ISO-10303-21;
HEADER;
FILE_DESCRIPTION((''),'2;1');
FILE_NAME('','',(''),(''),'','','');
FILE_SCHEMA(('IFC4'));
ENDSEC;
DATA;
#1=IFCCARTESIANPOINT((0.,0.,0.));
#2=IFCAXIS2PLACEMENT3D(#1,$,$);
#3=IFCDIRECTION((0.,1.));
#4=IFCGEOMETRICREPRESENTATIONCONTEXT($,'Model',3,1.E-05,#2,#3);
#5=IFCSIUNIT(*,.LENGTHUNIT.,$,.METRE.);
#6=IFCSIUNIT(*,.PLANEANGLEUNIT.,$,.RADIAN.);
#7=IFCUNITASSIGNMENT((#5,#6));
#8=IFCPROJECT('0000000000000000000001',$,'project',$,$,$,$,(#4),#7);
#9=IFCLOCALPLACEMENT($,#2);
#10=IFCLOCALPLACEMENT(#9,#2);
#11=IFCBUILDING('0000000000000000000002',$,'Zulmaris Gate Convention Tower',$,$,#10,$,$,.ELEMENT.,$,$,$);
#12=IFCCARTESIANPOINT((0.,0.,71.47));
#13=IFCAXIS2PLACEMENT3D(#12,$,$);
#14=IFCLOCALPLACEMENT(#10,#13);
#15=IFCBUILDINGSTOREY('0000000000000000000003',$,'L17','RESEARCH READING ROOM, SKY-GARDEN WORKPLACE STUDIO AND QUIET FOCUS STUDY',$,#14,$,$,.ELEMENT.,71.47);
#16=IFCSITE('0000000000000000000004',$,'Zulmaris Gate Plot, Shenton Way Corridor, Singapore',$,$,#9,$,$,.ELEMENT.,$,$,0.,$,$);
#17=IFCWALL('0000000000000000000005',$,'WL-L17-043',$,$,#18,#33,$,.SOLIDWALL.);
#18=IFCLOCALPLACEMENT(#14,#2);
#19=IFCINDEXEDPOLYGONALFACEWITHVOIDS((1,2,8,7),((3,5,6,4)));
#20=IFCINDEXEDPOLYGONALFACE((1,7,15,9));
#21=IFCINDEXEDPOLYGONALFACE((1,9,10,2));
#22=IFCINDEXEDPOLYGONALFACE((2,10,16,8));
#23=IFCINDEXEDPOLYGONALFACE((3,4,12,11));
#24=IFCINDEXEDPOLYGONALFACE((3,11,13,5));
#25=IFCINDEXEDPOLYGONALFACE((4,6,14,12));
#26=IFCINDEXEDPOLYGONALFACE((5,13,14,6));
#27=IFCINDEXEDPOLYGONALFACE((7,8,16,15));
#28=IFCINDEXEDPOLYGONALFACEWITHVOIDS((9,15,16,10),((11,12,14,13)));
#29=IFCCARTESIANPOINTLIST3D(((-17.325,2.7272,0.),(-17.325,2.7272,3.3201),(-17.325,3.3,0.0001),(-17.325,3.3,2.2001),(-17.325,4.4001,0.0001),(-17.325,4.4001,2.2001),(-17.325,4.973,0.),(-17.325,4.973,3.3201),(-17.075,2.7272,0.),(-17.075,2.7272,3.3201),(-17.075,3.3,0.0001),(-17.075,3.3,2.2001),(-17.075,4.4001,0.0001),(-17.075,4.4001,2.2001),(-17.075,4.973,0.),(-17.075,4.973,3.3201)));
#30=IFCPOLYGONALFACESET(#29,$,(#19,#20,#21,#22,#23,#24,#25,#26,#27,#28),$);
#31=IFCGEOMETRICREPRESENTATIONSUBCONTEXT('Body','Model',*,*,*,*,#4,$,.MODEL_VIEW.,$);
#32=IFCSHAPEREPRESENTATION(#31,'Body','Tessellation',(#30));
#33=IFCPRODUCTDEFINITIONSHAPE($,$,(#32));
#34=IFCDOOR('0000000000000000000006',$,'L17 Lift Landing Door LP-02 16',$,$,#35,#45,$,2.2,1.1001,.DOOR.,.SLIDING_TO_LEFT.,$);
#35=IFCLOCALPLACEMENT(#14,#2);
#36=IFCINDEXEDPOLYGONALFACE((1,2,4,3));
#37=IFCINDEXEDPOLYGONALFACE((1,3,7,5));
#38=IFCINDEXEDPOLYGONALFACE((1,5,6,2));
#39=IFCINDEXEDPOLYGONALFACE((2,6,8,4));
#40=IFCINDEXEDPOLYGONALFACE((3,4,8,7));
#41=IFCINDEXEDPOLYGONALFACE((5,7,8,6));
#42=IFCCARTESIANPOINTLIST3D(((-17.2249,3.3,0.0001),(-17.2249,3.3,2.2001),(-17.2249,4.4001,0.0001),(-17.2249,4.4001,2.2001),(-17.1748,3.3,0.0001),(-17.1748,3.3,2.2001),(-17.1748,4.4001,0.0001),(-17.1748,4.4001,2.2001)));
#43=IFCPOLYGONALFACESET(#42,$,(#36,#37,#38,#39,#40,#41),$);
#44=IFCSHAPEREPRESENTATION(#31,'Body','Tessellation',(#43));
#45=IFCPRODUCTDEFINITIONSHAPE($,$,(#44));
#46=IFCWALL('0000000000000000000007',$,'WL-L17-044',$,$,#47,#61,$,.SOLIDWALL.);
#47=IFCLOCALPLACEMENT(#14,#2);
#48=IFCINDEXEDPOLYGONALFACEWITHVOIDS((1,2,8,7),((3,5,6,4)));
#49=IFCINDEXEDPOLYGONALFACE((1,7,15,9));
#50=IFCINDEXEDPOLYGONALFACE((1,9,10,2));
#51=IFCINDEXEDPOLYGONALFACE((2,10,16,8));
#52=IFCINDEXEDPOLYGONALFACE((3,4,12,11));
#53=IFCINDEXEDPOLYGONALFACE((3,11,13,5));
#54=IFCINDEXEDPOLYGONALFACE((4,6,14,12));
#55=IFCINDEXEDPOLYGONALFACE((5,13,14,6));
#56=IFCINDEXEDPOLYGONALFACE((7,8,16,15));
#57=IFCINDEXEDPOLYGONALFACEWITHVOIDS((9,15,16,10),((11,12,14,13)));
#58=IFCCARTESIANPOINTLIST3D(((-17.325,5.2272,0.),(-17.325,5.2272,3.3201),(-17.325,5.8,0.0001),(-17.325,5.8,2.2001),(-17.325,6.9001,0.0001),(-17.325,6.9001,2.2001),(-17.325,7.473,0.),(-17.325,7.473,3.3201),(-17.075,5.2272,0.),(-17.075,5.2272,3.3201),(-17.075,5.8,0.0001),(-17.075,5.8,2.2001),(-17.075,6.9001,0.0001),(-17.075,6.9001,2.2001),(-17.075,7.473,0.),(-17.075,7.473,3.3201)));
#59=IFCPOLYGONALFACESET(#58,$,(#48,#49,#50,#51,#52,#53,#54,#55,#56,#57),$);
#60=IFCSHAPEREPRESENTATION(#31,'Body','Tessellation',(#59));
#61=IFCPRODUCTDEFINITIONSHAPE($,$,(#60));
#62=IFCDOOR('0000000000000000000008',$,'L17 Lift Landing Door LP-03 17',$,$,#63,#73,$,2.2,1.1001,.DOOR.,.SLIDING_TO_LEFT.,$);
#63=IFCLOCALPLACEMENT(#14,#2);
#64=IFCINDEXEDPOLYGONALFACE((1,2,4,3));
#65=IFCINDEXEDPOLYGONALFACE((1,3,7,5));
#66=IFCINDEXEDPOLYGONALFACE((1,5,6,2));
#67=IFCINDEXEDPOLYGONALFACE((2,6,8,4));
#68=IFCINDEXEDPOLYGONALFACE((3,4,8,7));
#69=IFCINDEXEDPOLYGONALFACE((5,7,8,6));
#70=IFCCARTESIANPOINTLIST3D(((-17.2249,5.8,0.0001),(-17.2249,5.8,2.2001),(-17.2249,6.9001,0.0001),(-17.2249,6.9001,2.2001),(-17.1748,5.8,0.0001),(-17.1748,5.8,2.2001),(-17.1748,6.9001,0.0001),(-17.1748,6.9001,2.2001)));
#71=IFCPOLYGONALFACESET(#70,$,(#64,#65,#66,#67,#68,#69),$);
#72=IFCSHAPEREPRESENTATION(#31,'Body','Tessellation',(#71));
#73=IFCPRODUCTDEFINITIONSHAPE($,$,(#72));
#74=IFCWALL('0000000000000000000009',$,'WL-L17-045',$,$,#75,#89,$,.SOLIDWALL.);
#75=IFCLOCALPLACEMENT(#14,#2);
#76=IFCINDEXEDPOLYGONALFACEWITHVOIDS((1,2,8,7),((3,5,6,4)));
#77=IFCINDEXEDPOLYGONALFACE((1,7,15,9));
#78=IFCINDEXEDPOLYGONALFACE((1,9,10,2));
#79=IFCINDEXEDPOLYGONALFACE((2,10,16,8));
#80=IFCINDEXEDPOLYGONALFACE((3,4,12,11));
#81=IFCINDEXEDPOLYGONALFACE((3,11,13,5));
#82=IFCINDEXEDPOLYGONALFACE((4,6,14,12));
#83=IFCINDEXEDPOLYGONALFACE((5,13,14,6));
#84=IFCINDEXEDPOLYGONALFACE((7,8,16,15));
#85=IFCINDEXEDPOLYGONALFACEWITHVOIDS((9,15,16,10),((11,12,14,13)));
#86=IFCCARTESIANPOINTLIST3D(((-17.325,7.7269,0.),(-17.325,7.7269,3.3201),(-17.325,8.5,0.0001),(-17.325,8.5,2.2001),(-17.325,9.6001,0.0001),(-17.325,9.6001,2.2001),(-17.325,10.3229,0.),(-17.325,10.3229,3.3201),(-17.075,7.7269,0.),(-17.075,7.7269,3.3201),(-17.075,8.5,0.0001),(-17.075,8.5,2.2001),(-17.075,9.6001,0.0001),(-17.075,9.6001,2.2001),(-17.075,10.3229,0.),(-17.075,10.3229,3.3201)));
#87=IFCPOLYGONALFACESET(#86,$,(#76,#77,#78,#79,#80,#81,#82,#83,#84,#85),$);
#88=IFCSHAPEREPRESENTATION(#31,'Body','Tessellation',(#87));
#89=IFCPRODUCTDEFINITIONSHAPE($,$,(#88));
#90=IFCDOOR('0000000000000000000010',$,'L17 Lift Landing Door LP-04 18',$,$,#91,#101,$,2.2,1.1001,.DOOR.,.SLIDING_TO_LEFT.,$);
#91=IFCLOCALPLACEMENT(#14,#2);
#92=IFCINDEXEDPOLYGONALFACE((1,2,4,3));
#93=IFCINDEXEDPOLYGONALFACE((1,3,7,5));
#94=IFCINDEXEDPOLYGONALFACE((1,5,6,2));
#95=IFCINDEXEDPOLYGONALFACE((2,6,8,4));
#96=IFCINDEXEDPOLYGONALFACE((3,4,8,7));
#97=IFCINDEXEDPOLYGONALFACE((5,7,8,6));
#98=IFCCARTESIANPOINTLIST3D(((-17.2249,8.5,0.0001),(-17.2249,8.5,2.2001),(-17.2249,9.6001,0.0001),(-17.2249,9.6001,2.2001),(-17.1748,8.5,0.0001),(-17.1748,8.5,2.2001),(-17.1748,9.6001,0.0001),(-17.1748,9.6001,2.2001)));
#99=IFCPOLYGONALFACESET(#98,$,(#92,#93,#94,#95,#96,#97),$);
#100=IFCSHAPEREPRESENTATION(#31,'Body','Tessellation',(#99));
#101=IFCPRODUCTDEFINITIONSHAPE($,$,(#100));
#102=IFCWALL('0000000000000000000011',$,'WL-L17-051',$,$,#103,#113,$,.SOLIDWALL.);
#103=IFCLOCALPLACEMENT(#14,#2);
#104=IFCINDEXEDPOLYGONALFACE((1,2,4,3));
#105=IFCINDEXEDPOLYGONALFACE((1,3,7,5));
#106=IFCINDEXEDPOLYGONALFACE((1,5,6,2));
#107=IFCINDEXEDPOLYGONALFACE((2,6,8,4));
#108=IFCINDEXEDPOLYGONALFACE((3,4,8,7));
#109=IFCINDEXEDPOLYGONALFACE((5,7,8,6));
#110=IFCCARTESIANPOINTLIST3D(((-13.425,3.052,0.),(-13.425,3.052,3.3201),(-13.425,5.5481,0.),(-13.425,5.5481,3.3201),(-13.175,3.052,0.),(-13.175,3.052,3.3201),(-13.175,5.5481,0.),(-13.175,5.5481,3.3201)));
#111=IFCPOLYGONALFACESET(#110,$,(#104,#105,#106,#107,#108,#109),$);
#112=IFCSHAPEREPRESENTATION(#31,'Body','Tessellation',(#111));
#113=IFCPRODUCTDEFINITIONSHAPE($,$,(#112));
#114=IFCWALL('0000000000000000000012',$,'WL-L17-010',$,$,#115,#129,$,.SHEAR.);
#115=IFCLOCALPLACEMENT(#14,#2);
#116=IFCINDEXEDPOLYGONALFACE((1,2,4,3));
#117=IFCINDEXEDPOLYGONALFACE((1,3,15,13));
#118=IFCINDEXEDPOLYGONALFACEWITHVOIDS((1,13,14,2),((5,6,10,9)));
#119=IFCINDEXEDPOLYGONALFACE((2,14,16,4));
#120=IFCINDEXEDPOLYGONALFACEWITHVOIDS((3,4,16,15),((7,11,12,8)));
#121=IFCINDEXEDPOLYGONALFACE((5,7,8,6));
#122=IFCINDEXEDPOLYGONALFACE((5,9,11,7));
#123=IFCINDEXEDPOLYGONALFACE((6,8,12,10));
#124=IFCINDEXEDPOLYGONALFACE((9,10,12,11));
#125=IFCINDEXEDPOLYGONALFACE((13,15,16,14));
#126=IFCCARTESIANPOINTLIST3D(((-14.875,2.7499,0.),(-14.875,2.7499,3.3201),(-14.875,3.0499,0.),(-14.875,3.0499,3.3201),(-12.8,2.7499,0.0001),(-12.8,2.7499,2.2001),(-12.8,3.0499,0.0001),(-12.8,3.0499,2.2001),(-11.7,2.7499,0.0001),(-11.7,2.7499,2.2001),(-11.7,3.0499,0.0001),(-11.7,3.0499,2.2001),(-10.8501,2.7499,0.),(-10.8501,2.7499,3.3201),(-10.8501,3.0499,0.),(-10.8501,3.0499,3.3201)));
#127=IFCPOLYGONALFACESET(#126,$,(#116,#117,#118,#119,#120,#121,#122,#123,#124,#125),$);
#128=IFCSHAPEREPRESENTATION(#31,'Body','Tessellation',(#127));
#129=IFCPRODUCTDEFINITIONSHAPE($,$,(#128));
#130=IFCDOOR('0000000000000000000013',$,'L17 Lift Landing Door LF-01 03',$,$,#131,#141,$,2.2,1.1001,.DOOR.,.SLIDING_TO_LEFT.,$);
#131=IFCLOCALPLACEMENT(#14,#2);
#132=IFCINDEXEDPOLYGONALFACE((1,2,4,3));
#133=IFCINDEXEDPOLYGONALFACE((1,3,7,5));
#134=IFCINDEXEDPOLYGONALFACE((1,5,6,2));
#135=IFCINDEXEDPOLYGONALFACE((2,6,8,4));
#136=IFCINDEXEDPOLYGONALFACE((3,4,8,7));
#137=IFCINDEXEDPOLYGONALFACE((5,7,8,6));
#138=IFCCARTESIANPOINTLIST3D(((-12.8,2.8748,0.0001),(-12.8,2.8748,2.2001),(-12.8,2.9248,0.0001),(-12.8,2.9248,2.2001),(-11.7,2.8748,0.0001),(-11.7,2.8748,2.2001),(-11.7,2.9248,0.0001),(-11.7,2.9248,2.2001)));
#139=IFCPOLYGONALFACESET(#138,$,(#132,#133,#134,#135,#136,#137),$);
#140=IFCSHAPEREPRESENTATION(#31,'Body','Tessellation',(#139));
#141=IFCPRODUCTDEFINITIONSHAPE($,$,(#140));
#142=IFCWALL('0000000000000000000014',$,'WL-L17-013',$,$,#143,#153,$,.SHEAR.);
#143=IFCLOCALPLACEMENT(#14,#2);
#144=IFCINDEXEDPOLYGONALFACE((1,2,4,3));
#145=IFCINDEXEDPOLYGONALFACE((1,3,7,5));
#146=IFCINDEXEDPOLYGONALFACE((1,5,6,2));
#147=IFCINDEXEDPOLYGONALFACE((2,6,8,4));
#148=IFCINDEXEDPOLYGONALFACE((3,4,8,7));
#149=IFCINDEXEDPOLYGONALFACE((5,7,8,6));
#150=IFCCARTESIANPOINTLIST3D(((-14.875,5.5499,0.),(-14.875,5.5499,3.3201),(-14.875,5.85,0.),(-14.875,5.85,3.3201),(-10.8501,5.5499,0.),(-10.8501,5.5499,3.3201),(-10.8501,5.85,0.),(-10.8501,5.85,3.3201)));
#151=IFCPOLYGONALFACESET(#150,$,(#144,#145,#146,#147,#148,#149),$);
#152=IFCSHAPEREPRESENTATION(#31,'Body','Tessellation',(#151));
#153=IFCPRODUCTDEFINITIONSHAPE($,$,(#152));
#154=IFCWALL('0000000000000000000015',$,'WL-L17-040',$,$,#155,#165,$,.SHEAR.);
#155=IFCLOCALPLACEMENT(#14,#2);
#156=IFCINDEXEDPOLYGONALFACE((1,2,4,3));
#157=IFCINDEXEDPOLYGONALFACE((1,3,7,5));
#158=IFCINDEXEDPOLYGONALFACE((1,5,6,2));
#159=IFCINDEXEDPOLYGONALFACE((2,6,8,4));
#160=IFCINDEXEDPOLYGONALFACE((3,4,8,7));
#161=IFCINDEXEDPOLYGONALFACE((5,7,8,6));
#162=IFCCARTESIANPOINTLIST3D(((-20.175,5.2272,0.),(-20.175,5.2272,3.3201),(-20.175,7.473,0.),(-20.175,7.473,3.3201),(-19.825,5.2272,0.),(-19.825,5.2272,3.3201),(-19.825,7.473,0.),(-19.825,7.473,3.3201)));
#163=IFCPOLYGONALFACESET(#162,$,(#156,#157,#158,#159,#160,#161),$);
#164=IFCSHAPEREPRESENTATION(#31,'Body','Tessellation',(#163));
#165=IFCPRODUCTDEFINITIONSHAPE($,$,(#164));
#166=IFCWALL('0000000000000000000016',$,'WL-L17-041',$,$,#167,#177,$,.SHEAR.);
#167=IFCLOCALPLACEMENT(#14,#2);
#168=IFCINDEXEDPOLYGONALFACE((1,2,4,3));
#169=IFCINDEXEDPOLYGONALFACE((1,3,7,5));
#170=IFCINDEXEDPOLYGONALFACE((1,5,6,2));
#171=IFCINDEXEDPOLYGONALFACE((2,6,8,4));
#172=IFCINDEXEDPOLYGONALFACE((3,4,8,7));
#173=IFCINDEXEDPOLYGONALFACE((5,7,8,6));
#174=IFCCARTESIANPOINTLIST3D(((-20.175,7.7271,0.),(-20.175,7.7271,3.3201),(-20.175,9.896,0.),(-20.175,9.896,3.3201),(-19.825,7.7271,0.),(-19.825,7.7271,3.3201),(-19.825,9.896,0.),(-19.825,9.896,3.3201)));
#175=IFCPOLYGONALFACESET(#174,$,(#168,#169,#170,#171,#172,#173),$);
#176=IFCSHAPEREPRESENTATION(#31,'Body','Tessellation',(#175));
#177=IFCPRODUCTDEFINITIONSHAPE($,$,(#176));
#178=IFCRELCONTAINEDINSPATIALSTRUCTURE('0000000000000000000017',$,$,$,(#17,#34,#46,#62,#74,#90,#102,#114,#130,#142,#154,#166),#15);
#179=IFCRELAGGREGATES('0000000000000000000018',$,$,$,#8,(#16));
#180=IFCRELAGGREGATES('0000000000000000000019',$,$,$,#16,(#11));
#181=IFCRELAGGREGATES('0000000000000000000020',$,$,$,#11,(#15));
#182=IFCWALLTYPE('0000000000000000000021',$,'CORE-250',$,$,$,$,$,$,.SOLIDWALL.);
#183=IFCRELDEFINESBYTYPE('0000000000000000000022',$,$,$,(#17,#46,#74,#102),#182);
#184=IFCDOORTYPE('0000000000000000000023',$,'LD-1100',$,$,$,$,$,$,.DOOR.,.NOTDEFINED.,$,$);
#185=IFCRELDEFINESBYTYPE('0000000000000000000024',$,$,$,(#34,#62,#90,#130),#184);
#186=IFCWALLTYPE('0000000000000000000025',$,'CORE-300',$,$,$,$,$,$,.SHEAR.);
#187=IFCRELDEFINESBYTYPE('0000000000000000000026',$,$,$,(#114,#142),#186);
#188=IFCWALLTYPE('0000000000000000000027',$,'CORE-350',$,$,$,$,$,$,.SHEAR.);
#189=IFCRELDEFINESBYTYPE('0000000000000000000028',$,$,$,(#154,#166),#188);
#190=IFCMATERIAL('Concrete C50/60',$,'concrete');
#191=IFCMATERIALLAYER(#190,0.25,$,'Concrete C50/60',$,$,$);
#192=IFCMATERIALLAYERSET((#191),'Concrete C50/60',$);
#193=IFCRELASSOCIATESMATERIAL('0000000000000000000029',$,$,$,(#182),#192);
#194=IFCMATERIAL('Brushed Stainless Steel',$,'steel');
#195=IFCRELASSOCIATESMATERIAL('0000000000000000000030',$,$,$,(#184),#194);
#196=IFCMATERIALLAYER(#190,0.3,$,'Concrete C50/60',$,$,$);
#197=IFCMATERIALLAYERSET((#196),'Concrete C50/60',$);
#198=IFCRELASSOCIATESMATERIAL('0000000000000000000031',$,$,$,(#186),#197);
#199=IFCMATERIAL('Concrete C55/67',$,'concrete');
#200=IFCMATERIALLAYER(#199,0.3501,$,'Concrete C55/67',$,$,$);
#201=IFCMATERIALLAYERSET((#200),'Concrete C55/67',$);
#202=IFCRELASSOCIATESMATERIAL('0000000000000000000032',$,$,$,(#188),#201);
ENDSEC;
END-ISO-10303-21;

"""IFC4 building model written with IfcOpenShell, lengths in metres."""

from ifc_helpers import new_model, si_unit, direction, frame, frame_2d, origin, place, context, subcontext, project, spatial, rectangle, extrude, material, layer, layer_set, type_object, element, fill, save


model = new_model("IFC4")

# Units and contexts
model_context = context("Model", 3, precision=1e-05, world=origin(), true_north=direction((0.0, 1.0)))
body_context = subcontext(model_context, "Body", "Model", "MODEL_VIEW")
ifc_project = project(units=[si_unit("LENGTHUNIT", "METRE"), si_unit("PLANEANGLEUNIT", "RADIAN")], contexts=[model_context])

# Site, building, storey
site_placement = place(None, origin())
site = spatial("IfcSite", under=ifc_project, at=site_placement, Name="Zulmaris Gate Plot, Shenton Way Corridor, Singapore", CompositionType="ELEMENT", RefElevation=0.0)
building_placement = place(site_placement, origin())
building = spatial("IfcBuilding", under=site, at=building_placement, Name="Zulmaris Gate Convention Tower", CompositionType="ELEMENT")
storey_placement = place(building_placement, frame((0.0, 0.0, 71.47)))
storey = spatial("IfcBuildingStorey", under=building, at=storey_placement, Name="L17", Description="RESEARCH READING ROOM, SKY-GARDEN WORKPLACE STUDIO AND QUIET FOCUS STUDY", CompositionType="ELEMENT", Elevation=71.47)

# Walls, openings, doors
ifc_material_1 = material(Name="Concrete C50/60", Category="concrete")
ifc_layer_1 = layer(ifc_material_1, 0.25, Name="Concrete C50/60")
ifc_layer_set_1 = layer_set([ifc_layer_1], Name="Concrete C50/60")
wall_type_1 = type_object("IfcWallType", Name="CORE-250", PredefinedType="SOLIDWALL", material=ifc_layer_set_1)
wall_1_placement = place(storey_placement, frame((-17.2, 2.7271, 0.0), z_axis=(0.0, 0.0, 1.0), x_axis=(0.0, 1.0, 0.0)))
wall_1 = element("IfcWall", 1, at=wall_1_placement, inside=storey, type_object=wall_type_1, Name="WL-L17-043", PredefinedType="SOLIDWALL", context=body_context, shape_type="SweptSolid", body=[
    extrude(rectangle(XDim=2.2458, YDim=0.25, at=frame_2d((1.123, 0.0))), origin(), (0.0, 0.0, 1.0), 3.3201),
])
opening_1_placement = place(wall_1_placement, frame((0.573, 0.0, 0.0)))
opening_1 = element("IfcOpeningElement", 2, at=opening_1_placement, cuts=wall_1, PredefinedType="OPENING", context=body_context, shape_type="SweptSolid", body=[
    extrude(rectangle(XDim=1.1001, YDim=2.2, at=frame_2d((0.55, 1.1001))), frame((0.0, 0.135, 0.0), z_axis=(0.0, -1.0, 0.0), x_axis=(1.0, 0.0, 0.0)), (0.0, 0.0, 1.0), 0.27),
])
ifc_material_2 = material(Name="Brushed Stainless Steel", Category="steel")
door_type_1 = type_object("IfcDoorType", Name="LD-1100", OperationType="NOTDEFINED", PredefinedType="DOOR", material=ifc_material_2)
door_1_placement = place(opening_1_placement, origin())
door_1 = element("IfcDoor", 3, at=door_1_placement, inside=storey, type_object=door_type_1, Name="L17 Lift Landing Door LP-02 16", OperationType="SLIDING_TO_LEFT", OverallHeight=2.2, OverallWidth=1.1001, PredefinedType="DOOR", context=body_context, shape_type="SweptSolid", body=[
    extrude(rectangle(XDim=1.1001, YDim=2.2, at=frame_2d((0.55, 1.1001))), frame((0.0, 0.0249, 0.0), z_axis=(0.0, -1.0, 0.0), x_axis=(1.0, 0.0, 0.0)), (0.0, 0.0, 1.0), 0.05),
])
fill(opening_1, door_1)
wall_2_placement = place(storey_placement, frame((-17.2, 5.2271, 0.0), z_axis=(0.0, 0.0, 1.0), x_axis=(0.0, 1.0, 0.0)))
wall_2 = element("IfcWall", 4, at=wall_2_placement, inside=storey, type_object=wall_type_1, Name="WL-L17-044", PredefinedType="SOLIDWALL", context=body_context, shape_type="SweptSolid", body=[
    extrude(rectangle(XDim=2.2458, YDim=0.25, at=frame_2d((1.123, 0.0))), origin(), (0.0, 0.0, 1.0), 3.3201),
])
opening_2_placement = place(wall_2_placement, frame((0.573, 0.0, 0.0)))
opening_2 = element("IfcOpeningElement", 5, at=opening_2_placement, cuts=wall_2, PredefinedType="OPENING", context=body_context, shape_type="SweptSolid", body=[
    extrude(rectangle(XDim=1.1001, YDim=2.2, at=frame_2d((0.55, 1.1001))), frame((0.0, 0.135, 0.0), z_axis=(0.0, -1.0, 0.0), x_axis=(1.0, 0.0, 0.0)), (0.0, 0.0, 1.0), 0.27),
])
door_2_placement = place(opening_2_placement, origin())
door_2 = element("IfcDoor", 6, at=door_2_placement, inside=storey, type_object=door_type_1, Name="L17 Lift Landing Door LP-03 17", OperationType="SLIDING_TO_LEFT", OverallHeight=2.2, OverallWidth=1.1001, PredefinedType="DOOR", context=body_context, shape_type="SweptSolid", body=[
    extrude(rectangle(XDim=1.1001, YDim=2.2, at=frame_2d((0.55, 1.1001))), frame((0.0, 0.0249, 0.0), z_axis=(0.0, -1.0, 0.0), x_axis=(1.0, 0.0, 0.0)), (0.0, 0.0, 1.0), 0.05),
])
fill(opening_2, door_2)
wall_3_placement = place(storey_placement, frame((-17.2, 7.7271, 0.0), z_axis=(0.0, 0.0, 1.0), x_axis=(0.0, 1.0, 0.0)))
wall_3 = element("IfcWall", 7, at=wall_3_placement, inside=storey, type_object=wall_type_1, Name="WL-L17-045", PredefinedType="SOLIDWALL", context=body_context, shape_type="SweptSolid", body=[
    extrude(rectangle(XDim=2.5959, YDim=0.25, at=frame_2d((1.2979, 0.0))), origin(), (0.0, 0.0, 1.0), 3.3201),
])
opening_3_placement = place(wall_3_placement, frame((0.7729, 0.0, 0.0)))
opening_3 = element("IfcOpeningElement", 8, at=opening_3_placement, cuts=wall_3, PredefinedType="OPENING", context=body_context, shape_type="SweptSolid", body=[
    extrude(rectangle(XDim=1.1001, YDim=2.2, at=frame_2d((0.55, 1.1001))), frame((0.0, 0.135, 0.0), z_axis=(0.0, -1.0, 0.0), x_axis=(1.0, 0.0, 0.0)), (0.0, 0.0, 1.0), 0.27),
])
door_3_placement = place(opening_3_placement, origin())
door_3 = element("IfcDoor", 9, at=door_3_placement, inside=storey, type_object=door_type_1, Name="L17 Lift Landing Door LP-04 18", OperationType="SLIDING_TO_LEFT", OverallHeight=2.2, OverallWidth=1.1001, PredefinedType="DOOR", context=body_context, shape_type="SweptSolid", body=[
    extrude(rectangle(XDim=1.1001, YDim=2.2, at=frame_2d((0.55, 1.1001))), frame((0.0, 0.0249, 0.0), z_axis=(0.0, -1.0, 0.0), x_axis=(1.0, 0.0, 0.0)), (0.0, 0.0, 1.0), 0.05),
])
fill(opening_3, door_3)

# Wall
wall_4_placement = place(storey_placement, frame((-13.3, 3.052, 0.0), z_axis=(0.0, 0.0, 1.0), x_axis=(0.0, 1.0, 0.0)))
element("IfcWall", 10, at=wall_4_placement, inside=storey, type_object=wall_type_1, Name="WL-L17-051", PredefinedType="SOLIDWALL", context=body_context, shape_type="SweptSolid", body=[
    extrude(rectangle(XDim=2.4961, YDim=0.25, at=frame_2d((1.248, 0.0))), origin(), (0.0, 0.0, 1.0), 3.3201),
])

# Wall, opening, door
ifc_layer_2 = layer(ifc_material_1, 0.3, Name="Concrete C50/60")
ifc_layer_set_2 = layer_set([ifc_layer_2], Name="Concrete C50/60")
wall_type_2 = type_object("IfcWallType", Name="CORE-300", PredefinedType="SHEAR", material=ifc_layer_set_2)
wall_5_placement = place(storey_placement, frame((-14.875, 2.8999, 0.0), z_axis=(0.0, 0.0, 1.0), x_axis=(1.0, 0.0, 0.0)))
wall_5 = element("IfcWall", 11, at=wall_5_placement, inside=storey, type_object=wall_type_2, Name="WL-L17-010", PredefinedType="SHEAR", context=body_context, shape_type="SweptSolid", body=[
    extrude(rectangle(XDim=4.0249, YDim=0.3, at=frame_2d((2.0125, 0.0))), origin(), (0.0, 0.0, 1.0), 3.3201),
])
opening_4_placement = place(wall_5_placement, frame((2.075, 0.0, 0.0)))
opening_4 = element("IfcOpeningElement", 12, at=opening_4_placement, cuts=wall_5, PredefinedType="OPENING", context=body_context, shape_type="SweptSolid", body=[
    extrude(rectangle(XDim=1.1001, YDim=2.2, at=frame_2d((0.55, 1.1001))), frame((0.0, 0.1602, 0.0), z_axis=(0.0, -1.0, 0.0), x_axis=(1.0, 0.0, 0.0)), (0.0, 0.0, 1.0), 0.3201),
])
door_4_placement = place(opening_4_placement, origin())
door_4 = element("IfcDoor", 13, at=door_4_placement, inside=storey, type_object=door_type_1, Name="L17 Lift Landing Door LF-01 03", OperationType="SLIDING_TO_LEFT", OverallHeight=2.2, OverallWidth=1.1001, PredefinedType="DOOR", context=body_context, shape_type="SweptSolid", body=[
    extrude(rectangle(XDim=1.1001, YDim=2.2, at=frame_2d((0.55, 1.1001))), frame((0.0, 0.0249, 0.0), z_axis=(0.0, -1.0, 0.0), x_axis=(1.0, 0.0, 0.0)), (0.0, 0.0, 1.0), 0.05),
])
fill(opening_4, door_4)

# Wall
wall_6_placement = place(storey_placement, frame((-14.875, 5.7, 0.0), z_axis=(0.0, 0.0, 1.0), x_axis=(1.0, 0.0, 0.0)))
element("IfcWall", 14, at=wall_6_placement, inside=storey, type_object=wall_type_2, Name="WL-L17-013", PredefinedType="SHEAR", context=body_context, shape_type="SweptSolid", body=[
    extrude(rectangle(XDim=4.0249, YDim=0.3, at=frame_2d((2.0125, 0.0))), origin(), (0.0, 0.0, 1.0), 3.3201),
])

# Walls
ifc_material_3 = material(Name="Concrete C55/67", Category="concrete")
ifc_layer_3 = layer(ifc_material_3, 0.3501, Name="Concrete C55/67")
ifc_layer_set_3 = layer_set([ifc_layer_3], Name="Concrete C55/67")
wall_type_3 = type_object("IfcWallType", Name="CORE-350", PredefinedType="SHEAR", material=ifc_layer_set_3)
wall_7_placement = place(storey_placement, frame((-20.0, 5.2271, 0.0), z_axis=(0.0, 0.0, 1.0), x_axis=(0.0, 1.0, 0.0)))
element("IfcWall", 15, at=wall_7_placement, inside=storey, type_object=wall_type_3, Name="WL-L17-040", PredefinedType="SHEAR", context=body_context, shape_type="SweptSolid", body=[
    extrude(rectangle(XDim=2.2458, YDim=0.3501, at=frame_2d((1.123, 0.0))), origin(), (0.0, 0.0, 1.0), 3.3201),
])
wall_8_placement = place(storey_placement, frame((-20.0, 7.7271, 0.0), z_axis=(0.0, 0.0, 1.0), x_axis=(0.0, 1.0, 0.0)))
element("IfcWall", 16, at=wall_8_placement, inside=storey, type_object=wall_type_3, Name="WL-L17-041", PredefinedType="SHEAR", context=body_context, shape_type="SweptSolid", body=[
    extrude(rectangle(XDim=2.1689, YDim=0.3501, at=frame_2d((1.0845, 0.0))), origin(), (0.0, 0.0, 1.0), 3.3201),
])

save(model, "model.ifc")
